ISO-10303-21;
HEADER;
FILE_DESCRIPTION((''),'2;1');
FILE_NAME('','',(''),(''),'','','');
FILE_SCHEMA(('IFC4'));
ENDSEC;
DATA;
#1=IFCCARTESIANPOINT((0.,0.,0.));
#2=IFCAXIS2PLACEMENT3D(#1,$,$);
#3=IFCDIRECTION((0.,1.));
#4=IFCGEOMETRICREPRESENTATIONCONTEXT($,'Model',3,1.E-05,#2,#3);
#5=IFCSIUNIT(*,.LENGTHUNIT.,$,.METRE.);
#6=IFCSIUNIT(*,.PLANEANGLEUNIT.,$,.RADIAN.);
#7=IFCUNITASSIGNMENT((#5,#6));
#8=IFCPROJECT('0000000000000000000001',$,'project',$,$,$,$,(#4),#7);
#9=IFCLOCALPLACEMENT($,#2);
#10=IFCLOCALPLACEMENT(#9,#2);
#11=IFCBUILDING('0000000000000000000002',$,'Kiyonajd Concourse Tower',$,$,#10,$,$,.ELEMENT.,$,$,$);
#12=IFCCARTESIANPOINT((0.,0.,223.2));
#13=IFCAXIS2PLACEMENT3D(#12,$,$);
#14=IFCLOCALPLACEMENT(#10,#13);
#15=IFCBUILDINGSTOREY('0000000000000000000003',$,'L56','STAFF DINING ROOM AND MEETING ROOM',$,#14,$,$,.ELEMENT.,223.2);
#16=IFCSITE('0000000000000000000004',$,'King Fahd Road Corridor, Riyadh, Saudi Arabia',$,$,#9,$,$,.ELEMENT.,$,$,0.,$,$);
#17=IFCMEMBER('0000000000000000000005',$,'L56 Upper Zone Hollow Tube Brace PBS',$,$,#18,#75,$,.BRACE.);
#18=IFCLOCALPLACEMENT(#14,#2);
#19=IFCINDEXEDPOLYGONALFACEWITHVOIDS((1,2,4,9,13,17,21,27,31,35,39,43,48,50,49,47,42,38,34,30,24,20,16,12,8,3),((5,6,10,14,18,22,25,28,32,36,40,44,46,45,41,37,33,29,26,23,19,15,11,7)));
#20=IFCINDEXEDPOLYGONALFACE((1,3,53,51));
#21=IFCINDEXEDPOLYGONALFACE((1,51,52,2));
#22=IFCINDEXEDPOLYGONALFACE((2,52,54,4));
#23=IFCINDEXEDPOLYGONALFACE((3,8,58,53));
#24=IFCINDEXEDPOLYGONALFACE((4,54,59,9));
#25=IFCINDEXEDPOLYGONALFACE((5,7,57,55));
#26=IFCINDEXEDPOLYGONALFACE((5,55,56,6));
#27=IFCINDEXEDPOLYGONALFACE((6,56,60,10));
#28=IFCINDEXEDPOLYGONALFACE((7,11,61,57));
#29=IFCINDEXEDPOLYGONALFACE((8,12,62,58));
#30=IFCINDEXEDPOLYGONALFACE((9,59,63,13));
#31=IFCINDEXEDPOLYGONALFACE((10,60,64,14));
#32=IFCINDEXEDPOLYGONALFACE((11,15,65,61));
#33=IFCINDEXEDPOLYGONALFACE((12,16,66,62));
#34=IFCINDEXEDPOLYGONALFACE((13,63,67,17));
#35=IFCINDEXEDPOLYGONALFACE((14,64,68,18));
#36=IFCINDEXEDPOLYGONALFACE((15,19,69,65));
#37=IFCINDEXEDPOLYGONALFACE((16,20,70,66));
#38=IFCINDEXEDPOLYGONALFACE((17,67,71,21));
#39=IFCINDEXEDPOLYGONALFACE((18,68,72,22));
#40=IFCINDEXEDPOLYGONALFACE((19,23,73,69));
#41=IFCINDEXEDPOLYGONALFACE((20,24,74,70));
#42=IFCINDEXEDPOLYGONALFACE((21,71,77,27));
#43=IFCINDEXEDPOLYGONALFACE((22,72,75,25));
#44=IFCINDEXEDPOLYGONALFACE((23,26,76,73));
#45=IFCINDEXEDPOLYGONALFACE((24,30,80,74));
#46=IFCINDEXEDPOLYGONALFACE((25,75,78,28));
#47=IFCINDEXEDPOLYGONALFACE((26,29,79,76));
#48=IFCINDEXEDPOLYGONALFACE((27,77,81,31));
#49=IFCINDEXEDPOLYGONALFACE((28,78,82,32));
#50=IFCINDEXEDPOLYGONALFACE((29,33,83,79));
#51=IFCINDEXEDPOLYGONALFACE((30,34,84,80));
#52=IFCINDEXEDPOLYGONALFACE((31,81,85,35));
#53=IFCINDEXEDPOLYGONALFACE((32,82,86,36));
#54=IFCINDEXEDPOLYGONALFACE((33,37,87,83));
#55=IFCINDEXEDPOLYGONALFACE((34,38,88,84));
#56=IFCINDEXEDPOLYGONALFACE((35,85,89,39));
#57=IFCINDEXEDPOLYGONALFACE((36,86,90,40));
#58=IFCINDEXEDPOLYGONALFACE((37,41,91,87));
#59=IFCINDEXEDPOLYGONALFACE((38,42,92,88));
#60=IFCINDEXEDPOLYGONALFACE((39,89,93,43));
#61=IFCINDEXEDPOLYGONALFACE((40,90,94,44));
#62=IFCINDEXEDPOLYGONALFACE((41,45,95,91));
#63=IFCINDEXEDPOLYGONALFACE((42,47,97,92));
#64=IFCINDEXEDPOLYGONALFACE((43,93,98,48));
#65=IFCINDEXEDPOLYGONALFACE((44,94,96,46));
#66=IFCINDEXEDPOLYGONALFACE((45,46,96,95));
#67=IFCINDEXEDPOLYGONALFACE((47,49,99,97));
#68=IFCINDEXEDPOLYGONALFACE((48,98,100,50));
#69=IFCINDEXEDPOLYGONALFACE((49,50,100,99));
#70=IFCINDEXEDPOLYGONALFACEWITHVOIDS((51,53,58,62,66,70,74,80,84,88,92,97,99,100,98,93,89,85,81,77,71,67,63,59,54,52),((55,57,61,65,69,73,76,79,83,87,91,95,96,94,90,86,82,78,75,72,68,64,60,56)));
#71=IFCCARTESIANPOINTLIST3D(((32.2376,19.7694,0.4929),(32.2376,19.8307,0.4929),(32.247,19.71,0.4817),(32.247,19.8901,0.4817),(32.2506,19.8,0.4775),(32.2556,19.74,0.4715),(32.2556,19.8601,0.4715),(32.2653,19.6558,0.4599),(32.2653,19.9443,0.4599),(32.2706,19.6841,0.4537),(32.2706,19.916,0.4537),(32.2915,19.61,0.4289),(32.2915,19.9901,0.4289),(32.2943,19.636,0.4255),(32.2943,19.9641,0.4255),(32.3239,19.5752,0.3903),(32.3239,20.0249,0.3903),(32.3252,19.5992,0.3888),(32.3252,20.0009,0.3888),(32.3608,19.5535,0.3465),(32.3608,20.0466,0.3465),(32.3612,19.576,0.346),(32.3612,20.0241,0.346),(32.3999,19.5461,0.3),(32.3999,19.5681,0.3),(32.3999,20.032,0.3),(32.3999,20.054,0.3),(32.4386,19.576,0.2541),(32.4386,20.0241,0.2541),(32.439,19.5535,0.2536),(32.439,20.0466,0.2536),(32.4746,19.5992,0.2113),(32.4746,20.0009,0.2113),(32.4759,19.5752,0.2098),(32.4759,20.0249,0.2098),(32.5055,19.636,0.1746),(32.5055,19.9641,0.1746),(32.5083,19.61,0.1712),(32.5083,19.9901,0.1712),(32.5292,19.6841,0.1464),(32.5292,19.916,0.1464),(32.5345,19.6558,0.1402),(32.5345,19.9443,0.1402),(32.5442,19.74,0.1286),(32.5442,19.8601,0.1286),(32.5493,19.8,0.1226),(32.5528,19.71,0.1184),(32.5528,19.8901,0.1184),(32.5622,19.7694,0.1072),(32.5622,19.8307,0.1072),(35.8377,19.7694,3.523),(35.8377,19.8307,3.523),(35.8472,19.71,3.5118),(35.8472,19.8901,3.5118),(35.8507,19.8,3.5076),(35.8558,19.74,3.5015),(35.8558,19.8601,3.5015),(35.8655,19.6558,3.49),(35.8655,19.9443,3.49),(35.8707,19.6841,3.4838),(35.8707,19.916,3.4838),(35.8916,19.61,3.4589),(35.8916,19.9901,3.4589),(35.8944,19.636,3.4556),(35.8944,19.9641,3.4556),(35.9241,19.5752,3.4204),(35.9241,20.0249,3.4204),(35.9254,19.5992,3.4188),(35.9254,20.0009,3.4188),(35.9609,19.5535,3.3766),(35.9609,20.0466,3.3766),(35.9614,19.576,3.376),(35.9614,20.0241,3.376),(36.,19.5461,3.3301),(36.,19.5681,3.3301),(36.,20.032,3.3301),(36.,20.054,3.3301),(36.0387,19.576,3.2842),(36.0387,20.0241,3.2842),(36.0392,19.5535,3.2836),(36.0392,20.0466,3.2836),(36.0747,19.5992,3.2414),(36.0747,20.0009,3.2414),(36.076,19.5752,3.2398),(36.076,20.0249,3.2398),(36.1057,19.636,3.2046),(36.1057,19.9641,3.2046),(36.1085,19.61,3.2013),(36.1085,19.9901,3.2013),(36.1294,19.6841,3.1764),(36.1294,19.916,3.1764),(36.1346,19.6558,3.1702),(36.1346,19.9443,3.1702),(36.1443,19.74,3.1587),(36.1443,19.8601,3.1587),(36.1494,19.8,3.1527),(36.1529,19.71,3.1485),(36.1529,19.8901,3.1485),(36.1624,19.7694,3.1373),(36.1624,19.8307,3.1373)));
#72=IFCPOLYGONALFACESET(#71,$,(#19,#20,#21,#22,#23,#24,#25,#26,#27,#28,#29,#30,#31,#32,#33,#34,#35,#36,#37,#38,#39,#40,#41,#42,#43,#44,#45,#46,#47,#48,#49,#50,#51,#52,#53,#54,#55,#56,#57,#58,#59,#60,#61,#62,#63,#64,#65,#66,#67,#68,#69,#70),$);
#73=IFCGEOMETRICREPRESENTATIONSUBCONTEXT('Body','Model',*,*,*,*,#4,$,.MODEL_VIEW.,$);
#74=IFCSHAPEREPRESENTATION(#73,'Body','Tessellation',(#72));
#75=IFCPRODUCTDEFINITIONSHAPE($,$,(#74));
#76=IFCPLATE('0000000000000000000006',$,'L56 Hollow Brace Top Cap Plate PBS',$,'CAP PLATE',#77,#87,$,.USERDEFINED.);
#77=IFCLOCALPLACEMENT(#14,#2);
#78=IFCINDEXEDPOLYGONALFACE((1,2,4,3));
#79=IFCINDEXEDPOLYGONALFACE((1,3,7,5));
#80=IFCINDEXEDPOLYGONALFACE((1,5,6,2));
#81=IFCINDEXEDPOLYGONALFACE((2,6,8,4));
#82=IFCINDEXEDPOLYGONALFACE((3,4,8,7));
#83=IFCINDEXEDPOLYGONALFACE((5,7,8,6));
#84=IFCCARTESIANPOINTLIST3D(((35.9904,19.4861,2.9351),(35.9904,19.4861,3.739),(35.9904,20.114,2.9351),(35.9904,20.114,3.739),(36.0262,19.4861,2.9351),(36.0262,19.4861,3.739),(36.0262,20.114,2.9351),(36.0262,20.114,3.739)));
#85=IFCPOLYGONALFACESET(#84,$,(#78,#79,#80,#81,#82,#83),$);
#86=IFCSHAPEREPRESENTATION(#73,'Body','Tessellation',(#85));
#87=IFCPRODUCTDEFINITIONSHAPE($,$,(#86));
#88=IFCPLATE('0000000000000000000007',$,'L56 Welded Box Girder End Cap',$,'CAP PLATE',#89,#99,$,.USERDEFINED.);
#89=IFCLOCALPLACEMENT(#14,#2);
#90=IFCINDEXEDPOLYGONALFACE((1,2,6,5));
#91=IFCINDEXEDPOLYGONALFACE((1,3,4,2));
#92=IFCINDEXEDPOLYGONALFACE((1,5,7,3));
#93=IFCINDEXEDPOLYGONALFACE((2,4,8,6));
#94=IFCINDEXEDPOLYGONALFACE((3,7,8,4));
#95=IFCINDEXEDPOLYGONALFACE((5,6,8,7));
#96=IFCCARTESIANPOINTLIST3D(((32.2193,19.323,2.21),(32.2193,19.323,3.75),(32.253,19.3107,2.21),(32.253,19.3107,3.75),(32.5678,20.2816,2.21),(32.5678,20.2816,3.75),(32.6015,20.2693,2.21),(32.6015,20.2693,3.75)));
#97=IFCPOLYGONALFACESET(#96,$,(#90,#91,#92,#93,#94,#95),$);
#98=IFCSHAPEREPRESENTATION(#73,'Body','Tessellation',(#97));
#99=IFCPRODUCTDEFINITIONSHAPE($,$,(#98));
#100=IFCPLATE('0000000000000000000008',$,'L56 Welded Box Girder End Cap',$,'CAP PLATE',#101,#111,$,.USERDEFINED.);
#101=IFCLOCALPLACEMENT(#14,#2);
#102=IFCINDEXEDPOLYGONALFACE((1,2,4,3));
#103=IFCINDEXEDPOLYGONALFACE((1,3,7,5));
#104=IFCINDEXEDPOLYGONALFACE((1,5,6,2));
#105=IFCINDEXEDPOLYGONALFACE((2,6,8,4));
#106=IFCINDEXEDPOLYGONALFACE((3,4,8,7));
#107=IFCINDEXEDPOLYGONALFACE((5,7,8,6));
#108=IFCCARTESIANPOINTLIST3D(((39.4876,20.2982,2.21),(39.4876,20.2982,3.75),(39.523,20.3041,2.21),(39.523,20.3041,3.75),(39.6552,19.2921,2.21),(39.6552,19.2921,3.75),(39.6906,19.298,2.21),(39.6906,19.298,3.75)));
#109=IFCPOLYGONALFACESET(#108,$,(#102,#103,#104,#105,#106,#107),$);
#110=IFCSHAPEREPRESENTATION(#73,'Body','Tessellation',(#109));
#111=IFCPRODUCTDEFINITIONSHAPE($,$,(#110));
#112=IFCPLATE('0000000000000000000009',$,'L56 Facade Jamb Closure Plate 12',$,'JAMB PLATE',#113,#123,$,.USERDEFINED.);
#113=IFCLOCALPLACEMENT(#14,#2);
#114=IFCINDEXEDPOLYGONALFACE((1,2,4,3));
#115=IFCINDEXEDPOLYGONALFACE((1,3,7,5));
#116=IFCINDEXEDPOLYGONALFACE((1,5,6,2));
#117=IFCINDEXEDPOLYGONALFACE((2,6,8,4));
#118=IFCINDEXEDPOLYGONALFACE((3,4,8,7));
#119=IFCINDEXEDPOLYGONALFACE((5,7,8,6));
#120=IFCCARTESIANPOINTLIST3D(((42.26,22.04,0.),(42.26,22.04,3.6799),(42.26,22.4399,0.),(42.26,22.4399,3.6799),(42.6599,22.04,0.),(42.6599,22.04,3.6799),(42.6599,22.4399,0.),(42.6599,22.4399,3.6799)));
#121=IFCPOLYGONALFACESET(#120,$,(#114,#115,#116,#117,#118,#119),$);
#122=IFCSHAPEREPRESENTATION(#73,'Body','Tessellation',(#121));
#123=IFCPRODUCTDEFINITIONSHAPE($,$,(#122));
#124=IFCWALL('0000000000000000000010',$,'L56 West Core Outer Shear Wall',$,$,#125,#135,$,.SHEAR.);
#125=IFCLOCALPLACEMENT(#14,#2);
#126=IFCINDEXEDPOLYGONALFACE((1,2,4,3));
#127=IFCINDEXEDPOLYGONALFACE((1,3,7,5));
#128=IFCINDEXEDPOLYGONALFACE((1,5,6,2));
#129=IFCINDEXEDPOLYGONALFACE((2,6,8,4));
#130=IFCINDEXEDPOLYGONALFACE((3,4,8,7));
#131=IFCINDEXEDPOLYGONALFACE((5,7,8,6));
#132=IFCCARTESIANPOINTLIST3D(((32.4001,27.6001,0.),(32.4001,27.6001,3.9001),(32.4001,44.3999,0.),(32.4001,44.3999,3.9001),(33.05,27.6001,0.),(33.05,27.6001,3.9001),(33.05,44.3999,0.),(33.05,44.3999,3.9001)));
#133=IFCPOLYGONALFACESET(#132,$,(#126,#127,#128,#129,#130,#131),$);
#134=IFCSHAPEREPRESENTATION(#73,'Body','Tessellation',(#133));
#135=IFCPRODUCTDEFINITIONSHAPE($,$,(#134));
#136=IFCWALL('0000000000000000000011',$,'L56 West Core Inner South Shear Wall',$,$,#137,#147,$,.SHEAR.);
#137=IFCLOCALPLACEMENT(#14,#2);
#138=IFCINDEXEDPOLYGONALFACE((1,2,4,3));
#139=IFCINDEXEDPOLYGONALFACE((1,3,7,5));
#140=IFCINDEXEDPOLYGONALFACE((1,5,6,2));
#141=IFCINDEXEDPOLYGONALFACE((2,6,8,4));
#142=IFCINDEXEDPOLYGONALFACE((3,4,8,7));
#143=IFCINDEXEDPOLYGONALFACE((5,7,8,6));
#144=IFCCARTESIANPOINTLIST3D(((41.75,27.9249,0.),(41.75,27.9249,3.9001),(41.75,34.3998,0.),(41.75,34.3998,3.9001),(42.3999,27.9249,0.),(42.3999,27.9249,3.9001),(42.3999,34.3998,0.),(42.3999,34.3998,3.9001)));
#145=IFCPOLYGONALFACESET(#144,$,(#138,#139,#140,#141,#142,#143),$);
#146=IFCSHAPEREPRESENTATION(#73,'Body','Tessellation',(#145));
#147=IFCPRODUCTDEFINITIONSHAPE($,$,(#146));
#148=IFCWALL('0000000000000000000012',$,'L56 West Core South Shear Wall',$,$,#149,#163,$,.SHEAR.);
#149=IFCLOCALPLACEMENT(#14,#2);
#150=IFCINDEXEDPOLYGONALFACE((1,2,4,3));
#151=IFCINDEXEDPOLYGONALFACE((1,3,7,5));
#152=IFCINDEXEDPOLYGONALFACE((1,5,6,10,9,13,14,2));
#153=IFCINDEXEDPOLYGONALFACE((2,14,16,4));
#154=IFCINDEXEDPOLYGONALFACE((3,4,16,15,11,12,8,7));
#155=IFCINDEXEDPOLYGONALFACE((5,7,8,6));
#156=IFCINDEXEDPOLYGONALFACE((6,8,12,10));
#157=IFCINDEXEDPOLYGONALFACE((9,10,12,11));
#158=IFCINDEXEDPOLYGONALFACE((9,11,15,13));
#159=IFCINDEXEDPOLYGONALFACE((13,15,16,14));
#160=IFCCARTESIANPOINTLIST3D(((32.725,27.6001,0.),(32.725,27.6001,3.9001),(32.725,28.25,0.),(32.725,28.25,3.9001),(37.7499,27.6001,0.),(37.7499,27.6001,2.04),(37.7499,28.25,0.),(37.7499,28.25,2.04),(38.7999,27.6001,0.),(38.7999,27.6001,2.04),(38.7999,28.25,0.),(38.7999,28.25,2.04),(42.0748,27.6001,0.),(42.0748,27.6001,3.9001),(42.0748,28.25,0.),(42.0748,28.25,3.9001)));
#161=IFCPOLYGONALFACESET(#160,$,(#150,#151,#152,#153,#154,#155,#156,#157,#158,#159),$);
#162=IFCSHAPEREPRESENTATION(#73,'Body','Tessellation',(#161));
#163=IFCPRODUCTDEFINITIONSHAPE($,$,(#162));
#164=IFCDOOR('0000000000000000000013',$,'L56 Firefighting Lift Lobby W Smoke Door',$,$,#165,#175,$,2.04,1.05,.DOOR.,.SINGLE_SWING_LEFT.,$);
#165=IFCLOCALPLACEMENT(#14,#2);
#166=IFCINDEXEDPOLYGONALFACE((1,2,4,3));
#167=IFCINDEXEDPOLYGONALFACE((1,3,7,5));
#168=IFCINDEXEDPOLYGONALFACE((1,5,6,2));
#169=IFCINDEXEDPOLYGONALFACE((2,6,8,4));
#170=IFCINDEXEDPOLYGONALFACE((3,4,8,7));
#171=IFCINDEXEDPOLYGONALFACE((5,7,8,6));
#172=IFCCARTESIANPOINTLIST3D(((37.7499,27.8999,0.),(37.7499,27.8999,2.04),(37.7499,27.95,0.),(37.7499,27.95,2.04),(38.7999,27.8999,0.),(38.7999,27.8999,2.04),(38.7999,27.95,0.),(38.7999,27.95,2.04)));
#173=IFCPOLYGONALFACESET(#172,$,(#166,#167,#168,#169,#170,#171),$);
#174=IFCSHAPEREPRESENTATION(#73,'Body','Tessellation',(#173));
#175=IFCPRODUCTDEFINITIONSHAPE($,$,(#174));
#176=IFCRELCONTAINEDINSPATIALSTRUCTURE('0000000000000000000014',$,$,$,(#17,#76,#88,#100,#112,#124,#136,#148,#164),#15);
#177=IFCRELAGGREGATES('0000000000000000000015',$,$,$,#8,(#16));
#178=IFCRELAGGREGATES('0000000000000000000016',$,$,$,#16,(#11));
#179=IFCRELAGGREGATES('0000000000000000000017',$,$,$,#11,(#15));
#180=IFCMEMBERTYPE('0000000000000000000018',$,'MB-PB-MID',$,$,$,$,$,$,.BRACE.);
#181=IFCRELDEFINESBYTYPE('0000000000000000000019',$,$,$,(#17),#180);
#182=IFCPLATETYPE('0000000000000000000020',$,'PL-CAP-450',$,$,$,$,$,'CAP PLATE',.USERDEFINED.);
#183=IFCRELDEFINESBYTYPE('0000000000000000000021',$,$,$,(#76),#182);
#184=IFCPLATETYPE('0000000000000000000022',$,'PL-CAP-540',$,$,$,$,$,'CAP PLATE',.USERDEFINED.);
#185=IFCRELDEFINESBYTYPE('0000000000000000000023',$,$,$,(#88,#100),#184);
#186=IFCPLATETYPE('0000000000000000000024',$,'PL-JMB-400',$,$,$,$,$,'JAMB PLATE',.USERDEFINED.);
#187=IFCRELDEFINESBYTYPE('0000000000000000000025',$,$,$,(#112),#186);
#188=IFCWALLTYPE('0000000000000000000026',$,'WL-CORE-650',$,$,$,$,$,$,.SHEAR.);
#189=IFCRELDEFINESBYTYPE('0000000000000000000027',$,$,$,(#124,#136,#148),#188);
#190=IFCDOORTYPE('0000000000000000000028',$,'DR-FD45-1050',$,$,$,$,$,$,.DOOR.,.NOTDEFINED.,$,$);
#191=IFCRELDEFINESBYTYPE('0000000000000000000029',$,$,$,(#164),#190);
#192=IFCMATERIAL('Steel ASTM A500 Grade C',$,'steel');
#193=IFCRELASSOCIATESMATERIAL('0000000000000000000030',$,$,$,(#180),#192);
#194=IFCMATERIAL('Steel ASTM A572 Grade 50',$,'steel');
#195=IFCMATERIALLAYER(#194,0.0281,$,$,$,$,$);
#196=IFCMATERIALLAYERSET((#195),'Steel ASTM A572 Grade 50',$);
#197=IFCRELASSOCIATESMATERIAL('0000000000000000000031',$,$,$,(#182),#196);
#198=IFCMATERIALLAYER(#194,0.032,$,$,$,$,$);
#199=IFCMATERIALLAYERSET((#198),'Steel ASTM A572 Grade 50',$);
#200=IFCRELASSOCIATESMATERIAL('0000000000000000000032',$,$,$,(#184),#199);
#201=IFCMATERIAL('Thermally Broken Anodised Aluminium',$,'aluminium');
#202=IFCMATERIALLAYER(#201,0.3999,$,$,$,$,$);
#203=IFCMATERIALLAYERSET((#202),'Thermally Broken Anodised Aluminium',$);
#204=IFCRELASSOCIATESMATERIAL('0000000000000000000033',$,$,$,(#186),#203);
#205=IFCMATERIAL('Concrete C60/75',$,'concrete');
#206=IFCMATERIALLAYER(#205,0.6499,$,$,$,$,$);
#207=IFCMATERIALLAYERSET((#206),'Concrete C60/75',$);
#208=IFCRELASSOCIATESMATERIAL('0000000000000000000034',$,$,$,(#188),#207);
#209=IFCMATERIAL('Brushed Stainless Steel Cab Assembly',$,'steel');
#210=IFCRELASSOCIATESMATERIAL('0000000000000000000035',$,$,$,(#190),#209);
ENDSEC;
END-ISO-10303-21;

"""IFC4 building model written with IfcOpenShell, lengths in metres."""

from ifc_helpers import new_model, si_unit, direction, frame, frame_2d, origin, origin_2d, place, context, subcontext, project, spatial, rectangle, hollow_circle, extrude, material, layer, layer_set, material_profile, profile_set, type_object, element, fill, save


model = new_model("IFC4")

# Units and contexts
model_context = context("Model", 3, precision=1e-05, world=origin(), true_north=direction((0.0, 1.0)))
body_context = subcontext(model_context, "Body", "Model", "MODEL_VIEW")
ifc_project = project(units=[si_unit("LENGTHUNIT", "METRE"), si_unit("PLANEANGLEUNIT", "RADIAN")], contexts=[model_context])

# Site, building, storey
site_placement = place(None, origin())
site = spatial("IfcSite", under=ifc_project, at=site_placement, Name="King Fahd Road Corridor, Riyadh, Saudi Arabia", CompositionType="ELEMENT", RefElevation=0.0)
building_placement = place(site_placement, origin())
building = spatial("IfcBuilding", under=site, at=building_placement, Name="Kiyonajd Concourse Tower", CompositionType="ELEMENT")
storey_placement = place(building_placement, frame((0.0, 0.0, 223.2)))
storey = spatial("IfcBuildingStorey", under=building, at=storey_placement, Name="L56", Description="STAFF DINING ROOM AND MEETING ROOM", CompositionType="ELEMENT", Elevation=223.2)

# Shared definitions
ifc_material_1 = material(Name="Concrete C60/75", Category="concrete")

# Shared definitions
ifc_material_2 = material(Name="Steel ASTM A572 Grade 50", Category="steel")

# Member
ifc_material_3 = material(Name="Steel ASTM A500 Grade C", Category="steel")
ifc_material_profile_1 = material_profile(ifc_material_3, hollow_circle(Radius=0.2539, WallThickness=0.022, at=origin_2d()), Name="CHS-508x22")
ifc_profile_set_1 = profile_set([ifc_material_profile_1], Name="Steel ASTM A500 Grade C")
member_type = type_object("IfcMemberType", Name="MB-PB-MID", PredefinedType="BRACE", material=ifc_profile_set_1)
member_placement = place(storey_placement, frame((32.3999, 19.8, 0.3), z_axis=(0.765082, 0.0, 0.643933), x_axis=(0.0, 1.0, 0.0)))
element("IfcMember", 1, at=member_placement, inside=storey, type_object=member_type, Name="L56 Upper Zone Hollow Tube Brace PBS", PredefinedType="BRACE", context=body_context, shape_type="SweptSolid", body=[
    extrude(hollow_circle(Radius=0.2539, WallThickness=0.022, at=origin_2d()), origin(), (0.0, 0.0, 1.0), 4.7056),
])

# Plates
ifc_layer_1 = layer(ifc_material_2, 0.0281)
ifc_layer_set_1 = layer_set([ifc_layer_1], Name="Steel ASTM A572 Grade 50")
plate_type_1 = type_object("IfcPlateType", Name="PL-CAP-450", ElementType="CAP PLATE", PredefinedType="USERDEFINED", material=ifc_layer_set_1)
plate_1_placement = place(storey_placement, frame((36.0083, 19.8, 2.9351), z_axis=(0.0, 0.0, 1.0), x_axis=(1.0, 0.0, 0.0)))
element("IfcPlate", 2, at=plate_1_placement, inside=storey, type_object=plate_type_1, Name="L56 Hollow Brace Top Cap Plate PBS", ObjectType="CAP PLATE", PredefinedType="USERDEFINED", context=body_context, shape_type="SweptSolid", body=[
    extrude(rectangle(XDim=0.0359, YDim=0.6279, at=origin_2d()), origin(), (0.0, 0.0, 1.0), 0.804),
])
ifc_layer_2 = layer(ifc_material_2, 0.032)
ifc_layer_set_2 = layer_set([ifc_layer_2], Name="Steel ASTM A572 Grade 50")
plate_type_2 = type_object("IfcPlateType", Name="PL-CAP-540", ElementType="CAP PLATE", PredefinedType="USERDEFINED", material=ifc_layer_set_2)
for number, where, z_axis, x_axis, name in (
    (3, (32.4104, 19.7961, 2.21), (0.0, 0.0, 1.0), (0.939812, -0.341692, 0.0), "L56 Welded Box Girder End Cap"),
    (4, (39.5891, 19.7981, 2.21), (0.0, 0.0, 1.0), (-0.986401, -0.164359, 0.0), "L56 Welded Box Girder End Cap"),
):
    element("IfcPlate", number, at=place(storey_placement, frame(where, z_axis=z_axis, x_axis=x_axis)), inside=storey, type_object=plate_type_2, Name=name, ObjectType="CAP PLATE", PredefinedType="USERDEFINED", context=body_context, shape_type="SweptSolid", body=[
        extrude(rectangle(XDim=0.0359, YDim=1.02, at=origin_2d()), origin(), (0.0, 0.0, 1.0), 1.54),
    ])
ifc_material_4 = material(Name="Thermally Broken Anodised Aluminium", Category="aluminium")
ifc_layer_3 = layer(ifc_material_4, 0.3999)
ifc_layer_set_3 = layer_set([ifc_layer_3], Name="Thermally Broken Anodised Aluminium")
plate_type_3 = type_object("IfcPlateType", Name="PL-JMB-400", ElementType="JAMB PLATE", PredefinedType="USERDEFINED", material=ifc_layer_set_3)
plate_2_placement = place(storey_placement, frame((42.46, 22.24, 0.0), z_axis=(0.0, 0.0, 1.0), x_axis=(1.0, 0.0, 0.0)))
element("IfcPlate", 5, at=plate_2_placement, inside=storey, type_object=plate_type_3, Name="L56 Facade Jamb Closure Plate 12", ObjectType="JAMB PLATE", PredefinedType="USERDEFINED", context=body_context, shape_type="SweptSolid", body=[
    extrude(rectangle(XDim=0.3999, YDim=0.3999, at=origin_2d()), origin(), (0.0, 0.0, 1.0), 3.6799),
])

# Walls
ifc_layer_4 = layer(ifc_material_1, 0.6499)
ifc_layer_set_4 = layer_set([ifc_layer_4], Name="Concrete C60/75")
wall_type_1 = type_object("IfcWallType", Name="WL-CORE-650", PredefinedType="SHEAR", material=ifc_layer_set_4)
wall_1_placement = place(storey_placement, frame((32.7251, 27.6001, 0.0), z_axis=(0.0, 0.0, 1.0), x_axis=(0.0, 1.0, 0.0)))
element("IfcWall", 6, at=wall_1_placement, inside=storey, type_object=wall_type_1, Name="L56 West Core Outer Shear Wall", PredefinedType="SHEAR", context=body_context, shape_type="SweptSolid", body=[
    extrude(rectangle(XDim=16.7998, YDim=0.6499, at=frame_2d((8.3999, 0.0))), origin(), (0.0, 0.0, 1.0), 3.9001),
])
wall_2_placement = place(storey_placement, frame((42.075, 27.925, 0.0), z_axis=(0.0, 0.0, 1.0), x_axis=(0.0, 1.0, 0.0)))
element("IfcWall", 7, at=wall_2_placement, inside=storey, type_object=wall_type_1, Name="L56 West Core Inner South Shear Wall", PredefinedType="SHEAR", context=body_context, shape_type="SweptSolid", body=[
    extrude(rectangle(XDim=6.4749, YDim=0.6499, at=frame_2d((3.2373, 0.0))), origin(), (0.0, 0.0, 1.0), 3.9001),
])

# Wall, opening, door
wall_3_placement = place(storey_placement, frame((32.7251, 27.925, 0.0), z_axis=(0.0, 0.0, 1.0), x_axis=(1.0, 0.0, 0.0)))
wall_3 = element("IfcWall", 8, at=wall_3_placement, inside=storey, type_object=wall_type_1, Name="L56 West Core South Shear Wall", PredefinedType="SHEAR", context=body_context, shape_type="SweptSolid", body=[
    extrude(rectangle(XDim=9.3499, YDim=0.6499, at=frame_2d((4.6748, 0.0))), origin(), (0.0, 0.0, 1.0), 3.9001),
])
opening_placement = place(wall_3_placement, frame((5.0249, 0.0, 0.0)))
opening = element("IfcOpeningElement", 9, at=opening_placement, cuts=wall_3, PredefinedType="OPENING", context=body_context, shape_type="SweptSolid", body=[
    extrude(rectangle(XDim=1.05, YDim=2.04, at=frame_2d((0.5249, 1.02))), frame((0.0, 0.335, 0.0), z_axis=(0.0, -1.0, 0.0), x_axis=(1.0, 0.0, 0.0)), (0.0, 0.0, 1.0), 0.6699),
])
ifc_material_5 = material(Name="Brushed Stainless Steel Cab Assembly", Category="steel")
door_type = type_object("IfcDoorType", Name="DR-FD45-1050", OperationType="NOTDEFINED", PredefinedType="DOOR", material=ifc_material_5)
door_placement = place(opening_placement, origin())
door = element("IfcDoor", 10, at=door_placement, inside=storey, type_object=door_type, Name="L56 Firefighting Lift Lobby W Smoke Door", OperationType="SINGLE_SWING_LEFT", OverallHeight=2.04, OverallWidth=1.05, PredefinedType="DOOR", context=body_context, shape_type="SweptSolid", body=[
    extrude(rectangle(XDim=1.05, YDim=2.04, at=frame_2d((0.5249, 1.02))), frame((0.0, 0.0249, 0.0), z_axis=(0.0, -1.0, 0.0), x_axis=(1.0, 0.0, 0.0)), (0.0, 0.0, 1.0), 0.05),
])
fill(opening, door)

save(model, "model.ifc")
